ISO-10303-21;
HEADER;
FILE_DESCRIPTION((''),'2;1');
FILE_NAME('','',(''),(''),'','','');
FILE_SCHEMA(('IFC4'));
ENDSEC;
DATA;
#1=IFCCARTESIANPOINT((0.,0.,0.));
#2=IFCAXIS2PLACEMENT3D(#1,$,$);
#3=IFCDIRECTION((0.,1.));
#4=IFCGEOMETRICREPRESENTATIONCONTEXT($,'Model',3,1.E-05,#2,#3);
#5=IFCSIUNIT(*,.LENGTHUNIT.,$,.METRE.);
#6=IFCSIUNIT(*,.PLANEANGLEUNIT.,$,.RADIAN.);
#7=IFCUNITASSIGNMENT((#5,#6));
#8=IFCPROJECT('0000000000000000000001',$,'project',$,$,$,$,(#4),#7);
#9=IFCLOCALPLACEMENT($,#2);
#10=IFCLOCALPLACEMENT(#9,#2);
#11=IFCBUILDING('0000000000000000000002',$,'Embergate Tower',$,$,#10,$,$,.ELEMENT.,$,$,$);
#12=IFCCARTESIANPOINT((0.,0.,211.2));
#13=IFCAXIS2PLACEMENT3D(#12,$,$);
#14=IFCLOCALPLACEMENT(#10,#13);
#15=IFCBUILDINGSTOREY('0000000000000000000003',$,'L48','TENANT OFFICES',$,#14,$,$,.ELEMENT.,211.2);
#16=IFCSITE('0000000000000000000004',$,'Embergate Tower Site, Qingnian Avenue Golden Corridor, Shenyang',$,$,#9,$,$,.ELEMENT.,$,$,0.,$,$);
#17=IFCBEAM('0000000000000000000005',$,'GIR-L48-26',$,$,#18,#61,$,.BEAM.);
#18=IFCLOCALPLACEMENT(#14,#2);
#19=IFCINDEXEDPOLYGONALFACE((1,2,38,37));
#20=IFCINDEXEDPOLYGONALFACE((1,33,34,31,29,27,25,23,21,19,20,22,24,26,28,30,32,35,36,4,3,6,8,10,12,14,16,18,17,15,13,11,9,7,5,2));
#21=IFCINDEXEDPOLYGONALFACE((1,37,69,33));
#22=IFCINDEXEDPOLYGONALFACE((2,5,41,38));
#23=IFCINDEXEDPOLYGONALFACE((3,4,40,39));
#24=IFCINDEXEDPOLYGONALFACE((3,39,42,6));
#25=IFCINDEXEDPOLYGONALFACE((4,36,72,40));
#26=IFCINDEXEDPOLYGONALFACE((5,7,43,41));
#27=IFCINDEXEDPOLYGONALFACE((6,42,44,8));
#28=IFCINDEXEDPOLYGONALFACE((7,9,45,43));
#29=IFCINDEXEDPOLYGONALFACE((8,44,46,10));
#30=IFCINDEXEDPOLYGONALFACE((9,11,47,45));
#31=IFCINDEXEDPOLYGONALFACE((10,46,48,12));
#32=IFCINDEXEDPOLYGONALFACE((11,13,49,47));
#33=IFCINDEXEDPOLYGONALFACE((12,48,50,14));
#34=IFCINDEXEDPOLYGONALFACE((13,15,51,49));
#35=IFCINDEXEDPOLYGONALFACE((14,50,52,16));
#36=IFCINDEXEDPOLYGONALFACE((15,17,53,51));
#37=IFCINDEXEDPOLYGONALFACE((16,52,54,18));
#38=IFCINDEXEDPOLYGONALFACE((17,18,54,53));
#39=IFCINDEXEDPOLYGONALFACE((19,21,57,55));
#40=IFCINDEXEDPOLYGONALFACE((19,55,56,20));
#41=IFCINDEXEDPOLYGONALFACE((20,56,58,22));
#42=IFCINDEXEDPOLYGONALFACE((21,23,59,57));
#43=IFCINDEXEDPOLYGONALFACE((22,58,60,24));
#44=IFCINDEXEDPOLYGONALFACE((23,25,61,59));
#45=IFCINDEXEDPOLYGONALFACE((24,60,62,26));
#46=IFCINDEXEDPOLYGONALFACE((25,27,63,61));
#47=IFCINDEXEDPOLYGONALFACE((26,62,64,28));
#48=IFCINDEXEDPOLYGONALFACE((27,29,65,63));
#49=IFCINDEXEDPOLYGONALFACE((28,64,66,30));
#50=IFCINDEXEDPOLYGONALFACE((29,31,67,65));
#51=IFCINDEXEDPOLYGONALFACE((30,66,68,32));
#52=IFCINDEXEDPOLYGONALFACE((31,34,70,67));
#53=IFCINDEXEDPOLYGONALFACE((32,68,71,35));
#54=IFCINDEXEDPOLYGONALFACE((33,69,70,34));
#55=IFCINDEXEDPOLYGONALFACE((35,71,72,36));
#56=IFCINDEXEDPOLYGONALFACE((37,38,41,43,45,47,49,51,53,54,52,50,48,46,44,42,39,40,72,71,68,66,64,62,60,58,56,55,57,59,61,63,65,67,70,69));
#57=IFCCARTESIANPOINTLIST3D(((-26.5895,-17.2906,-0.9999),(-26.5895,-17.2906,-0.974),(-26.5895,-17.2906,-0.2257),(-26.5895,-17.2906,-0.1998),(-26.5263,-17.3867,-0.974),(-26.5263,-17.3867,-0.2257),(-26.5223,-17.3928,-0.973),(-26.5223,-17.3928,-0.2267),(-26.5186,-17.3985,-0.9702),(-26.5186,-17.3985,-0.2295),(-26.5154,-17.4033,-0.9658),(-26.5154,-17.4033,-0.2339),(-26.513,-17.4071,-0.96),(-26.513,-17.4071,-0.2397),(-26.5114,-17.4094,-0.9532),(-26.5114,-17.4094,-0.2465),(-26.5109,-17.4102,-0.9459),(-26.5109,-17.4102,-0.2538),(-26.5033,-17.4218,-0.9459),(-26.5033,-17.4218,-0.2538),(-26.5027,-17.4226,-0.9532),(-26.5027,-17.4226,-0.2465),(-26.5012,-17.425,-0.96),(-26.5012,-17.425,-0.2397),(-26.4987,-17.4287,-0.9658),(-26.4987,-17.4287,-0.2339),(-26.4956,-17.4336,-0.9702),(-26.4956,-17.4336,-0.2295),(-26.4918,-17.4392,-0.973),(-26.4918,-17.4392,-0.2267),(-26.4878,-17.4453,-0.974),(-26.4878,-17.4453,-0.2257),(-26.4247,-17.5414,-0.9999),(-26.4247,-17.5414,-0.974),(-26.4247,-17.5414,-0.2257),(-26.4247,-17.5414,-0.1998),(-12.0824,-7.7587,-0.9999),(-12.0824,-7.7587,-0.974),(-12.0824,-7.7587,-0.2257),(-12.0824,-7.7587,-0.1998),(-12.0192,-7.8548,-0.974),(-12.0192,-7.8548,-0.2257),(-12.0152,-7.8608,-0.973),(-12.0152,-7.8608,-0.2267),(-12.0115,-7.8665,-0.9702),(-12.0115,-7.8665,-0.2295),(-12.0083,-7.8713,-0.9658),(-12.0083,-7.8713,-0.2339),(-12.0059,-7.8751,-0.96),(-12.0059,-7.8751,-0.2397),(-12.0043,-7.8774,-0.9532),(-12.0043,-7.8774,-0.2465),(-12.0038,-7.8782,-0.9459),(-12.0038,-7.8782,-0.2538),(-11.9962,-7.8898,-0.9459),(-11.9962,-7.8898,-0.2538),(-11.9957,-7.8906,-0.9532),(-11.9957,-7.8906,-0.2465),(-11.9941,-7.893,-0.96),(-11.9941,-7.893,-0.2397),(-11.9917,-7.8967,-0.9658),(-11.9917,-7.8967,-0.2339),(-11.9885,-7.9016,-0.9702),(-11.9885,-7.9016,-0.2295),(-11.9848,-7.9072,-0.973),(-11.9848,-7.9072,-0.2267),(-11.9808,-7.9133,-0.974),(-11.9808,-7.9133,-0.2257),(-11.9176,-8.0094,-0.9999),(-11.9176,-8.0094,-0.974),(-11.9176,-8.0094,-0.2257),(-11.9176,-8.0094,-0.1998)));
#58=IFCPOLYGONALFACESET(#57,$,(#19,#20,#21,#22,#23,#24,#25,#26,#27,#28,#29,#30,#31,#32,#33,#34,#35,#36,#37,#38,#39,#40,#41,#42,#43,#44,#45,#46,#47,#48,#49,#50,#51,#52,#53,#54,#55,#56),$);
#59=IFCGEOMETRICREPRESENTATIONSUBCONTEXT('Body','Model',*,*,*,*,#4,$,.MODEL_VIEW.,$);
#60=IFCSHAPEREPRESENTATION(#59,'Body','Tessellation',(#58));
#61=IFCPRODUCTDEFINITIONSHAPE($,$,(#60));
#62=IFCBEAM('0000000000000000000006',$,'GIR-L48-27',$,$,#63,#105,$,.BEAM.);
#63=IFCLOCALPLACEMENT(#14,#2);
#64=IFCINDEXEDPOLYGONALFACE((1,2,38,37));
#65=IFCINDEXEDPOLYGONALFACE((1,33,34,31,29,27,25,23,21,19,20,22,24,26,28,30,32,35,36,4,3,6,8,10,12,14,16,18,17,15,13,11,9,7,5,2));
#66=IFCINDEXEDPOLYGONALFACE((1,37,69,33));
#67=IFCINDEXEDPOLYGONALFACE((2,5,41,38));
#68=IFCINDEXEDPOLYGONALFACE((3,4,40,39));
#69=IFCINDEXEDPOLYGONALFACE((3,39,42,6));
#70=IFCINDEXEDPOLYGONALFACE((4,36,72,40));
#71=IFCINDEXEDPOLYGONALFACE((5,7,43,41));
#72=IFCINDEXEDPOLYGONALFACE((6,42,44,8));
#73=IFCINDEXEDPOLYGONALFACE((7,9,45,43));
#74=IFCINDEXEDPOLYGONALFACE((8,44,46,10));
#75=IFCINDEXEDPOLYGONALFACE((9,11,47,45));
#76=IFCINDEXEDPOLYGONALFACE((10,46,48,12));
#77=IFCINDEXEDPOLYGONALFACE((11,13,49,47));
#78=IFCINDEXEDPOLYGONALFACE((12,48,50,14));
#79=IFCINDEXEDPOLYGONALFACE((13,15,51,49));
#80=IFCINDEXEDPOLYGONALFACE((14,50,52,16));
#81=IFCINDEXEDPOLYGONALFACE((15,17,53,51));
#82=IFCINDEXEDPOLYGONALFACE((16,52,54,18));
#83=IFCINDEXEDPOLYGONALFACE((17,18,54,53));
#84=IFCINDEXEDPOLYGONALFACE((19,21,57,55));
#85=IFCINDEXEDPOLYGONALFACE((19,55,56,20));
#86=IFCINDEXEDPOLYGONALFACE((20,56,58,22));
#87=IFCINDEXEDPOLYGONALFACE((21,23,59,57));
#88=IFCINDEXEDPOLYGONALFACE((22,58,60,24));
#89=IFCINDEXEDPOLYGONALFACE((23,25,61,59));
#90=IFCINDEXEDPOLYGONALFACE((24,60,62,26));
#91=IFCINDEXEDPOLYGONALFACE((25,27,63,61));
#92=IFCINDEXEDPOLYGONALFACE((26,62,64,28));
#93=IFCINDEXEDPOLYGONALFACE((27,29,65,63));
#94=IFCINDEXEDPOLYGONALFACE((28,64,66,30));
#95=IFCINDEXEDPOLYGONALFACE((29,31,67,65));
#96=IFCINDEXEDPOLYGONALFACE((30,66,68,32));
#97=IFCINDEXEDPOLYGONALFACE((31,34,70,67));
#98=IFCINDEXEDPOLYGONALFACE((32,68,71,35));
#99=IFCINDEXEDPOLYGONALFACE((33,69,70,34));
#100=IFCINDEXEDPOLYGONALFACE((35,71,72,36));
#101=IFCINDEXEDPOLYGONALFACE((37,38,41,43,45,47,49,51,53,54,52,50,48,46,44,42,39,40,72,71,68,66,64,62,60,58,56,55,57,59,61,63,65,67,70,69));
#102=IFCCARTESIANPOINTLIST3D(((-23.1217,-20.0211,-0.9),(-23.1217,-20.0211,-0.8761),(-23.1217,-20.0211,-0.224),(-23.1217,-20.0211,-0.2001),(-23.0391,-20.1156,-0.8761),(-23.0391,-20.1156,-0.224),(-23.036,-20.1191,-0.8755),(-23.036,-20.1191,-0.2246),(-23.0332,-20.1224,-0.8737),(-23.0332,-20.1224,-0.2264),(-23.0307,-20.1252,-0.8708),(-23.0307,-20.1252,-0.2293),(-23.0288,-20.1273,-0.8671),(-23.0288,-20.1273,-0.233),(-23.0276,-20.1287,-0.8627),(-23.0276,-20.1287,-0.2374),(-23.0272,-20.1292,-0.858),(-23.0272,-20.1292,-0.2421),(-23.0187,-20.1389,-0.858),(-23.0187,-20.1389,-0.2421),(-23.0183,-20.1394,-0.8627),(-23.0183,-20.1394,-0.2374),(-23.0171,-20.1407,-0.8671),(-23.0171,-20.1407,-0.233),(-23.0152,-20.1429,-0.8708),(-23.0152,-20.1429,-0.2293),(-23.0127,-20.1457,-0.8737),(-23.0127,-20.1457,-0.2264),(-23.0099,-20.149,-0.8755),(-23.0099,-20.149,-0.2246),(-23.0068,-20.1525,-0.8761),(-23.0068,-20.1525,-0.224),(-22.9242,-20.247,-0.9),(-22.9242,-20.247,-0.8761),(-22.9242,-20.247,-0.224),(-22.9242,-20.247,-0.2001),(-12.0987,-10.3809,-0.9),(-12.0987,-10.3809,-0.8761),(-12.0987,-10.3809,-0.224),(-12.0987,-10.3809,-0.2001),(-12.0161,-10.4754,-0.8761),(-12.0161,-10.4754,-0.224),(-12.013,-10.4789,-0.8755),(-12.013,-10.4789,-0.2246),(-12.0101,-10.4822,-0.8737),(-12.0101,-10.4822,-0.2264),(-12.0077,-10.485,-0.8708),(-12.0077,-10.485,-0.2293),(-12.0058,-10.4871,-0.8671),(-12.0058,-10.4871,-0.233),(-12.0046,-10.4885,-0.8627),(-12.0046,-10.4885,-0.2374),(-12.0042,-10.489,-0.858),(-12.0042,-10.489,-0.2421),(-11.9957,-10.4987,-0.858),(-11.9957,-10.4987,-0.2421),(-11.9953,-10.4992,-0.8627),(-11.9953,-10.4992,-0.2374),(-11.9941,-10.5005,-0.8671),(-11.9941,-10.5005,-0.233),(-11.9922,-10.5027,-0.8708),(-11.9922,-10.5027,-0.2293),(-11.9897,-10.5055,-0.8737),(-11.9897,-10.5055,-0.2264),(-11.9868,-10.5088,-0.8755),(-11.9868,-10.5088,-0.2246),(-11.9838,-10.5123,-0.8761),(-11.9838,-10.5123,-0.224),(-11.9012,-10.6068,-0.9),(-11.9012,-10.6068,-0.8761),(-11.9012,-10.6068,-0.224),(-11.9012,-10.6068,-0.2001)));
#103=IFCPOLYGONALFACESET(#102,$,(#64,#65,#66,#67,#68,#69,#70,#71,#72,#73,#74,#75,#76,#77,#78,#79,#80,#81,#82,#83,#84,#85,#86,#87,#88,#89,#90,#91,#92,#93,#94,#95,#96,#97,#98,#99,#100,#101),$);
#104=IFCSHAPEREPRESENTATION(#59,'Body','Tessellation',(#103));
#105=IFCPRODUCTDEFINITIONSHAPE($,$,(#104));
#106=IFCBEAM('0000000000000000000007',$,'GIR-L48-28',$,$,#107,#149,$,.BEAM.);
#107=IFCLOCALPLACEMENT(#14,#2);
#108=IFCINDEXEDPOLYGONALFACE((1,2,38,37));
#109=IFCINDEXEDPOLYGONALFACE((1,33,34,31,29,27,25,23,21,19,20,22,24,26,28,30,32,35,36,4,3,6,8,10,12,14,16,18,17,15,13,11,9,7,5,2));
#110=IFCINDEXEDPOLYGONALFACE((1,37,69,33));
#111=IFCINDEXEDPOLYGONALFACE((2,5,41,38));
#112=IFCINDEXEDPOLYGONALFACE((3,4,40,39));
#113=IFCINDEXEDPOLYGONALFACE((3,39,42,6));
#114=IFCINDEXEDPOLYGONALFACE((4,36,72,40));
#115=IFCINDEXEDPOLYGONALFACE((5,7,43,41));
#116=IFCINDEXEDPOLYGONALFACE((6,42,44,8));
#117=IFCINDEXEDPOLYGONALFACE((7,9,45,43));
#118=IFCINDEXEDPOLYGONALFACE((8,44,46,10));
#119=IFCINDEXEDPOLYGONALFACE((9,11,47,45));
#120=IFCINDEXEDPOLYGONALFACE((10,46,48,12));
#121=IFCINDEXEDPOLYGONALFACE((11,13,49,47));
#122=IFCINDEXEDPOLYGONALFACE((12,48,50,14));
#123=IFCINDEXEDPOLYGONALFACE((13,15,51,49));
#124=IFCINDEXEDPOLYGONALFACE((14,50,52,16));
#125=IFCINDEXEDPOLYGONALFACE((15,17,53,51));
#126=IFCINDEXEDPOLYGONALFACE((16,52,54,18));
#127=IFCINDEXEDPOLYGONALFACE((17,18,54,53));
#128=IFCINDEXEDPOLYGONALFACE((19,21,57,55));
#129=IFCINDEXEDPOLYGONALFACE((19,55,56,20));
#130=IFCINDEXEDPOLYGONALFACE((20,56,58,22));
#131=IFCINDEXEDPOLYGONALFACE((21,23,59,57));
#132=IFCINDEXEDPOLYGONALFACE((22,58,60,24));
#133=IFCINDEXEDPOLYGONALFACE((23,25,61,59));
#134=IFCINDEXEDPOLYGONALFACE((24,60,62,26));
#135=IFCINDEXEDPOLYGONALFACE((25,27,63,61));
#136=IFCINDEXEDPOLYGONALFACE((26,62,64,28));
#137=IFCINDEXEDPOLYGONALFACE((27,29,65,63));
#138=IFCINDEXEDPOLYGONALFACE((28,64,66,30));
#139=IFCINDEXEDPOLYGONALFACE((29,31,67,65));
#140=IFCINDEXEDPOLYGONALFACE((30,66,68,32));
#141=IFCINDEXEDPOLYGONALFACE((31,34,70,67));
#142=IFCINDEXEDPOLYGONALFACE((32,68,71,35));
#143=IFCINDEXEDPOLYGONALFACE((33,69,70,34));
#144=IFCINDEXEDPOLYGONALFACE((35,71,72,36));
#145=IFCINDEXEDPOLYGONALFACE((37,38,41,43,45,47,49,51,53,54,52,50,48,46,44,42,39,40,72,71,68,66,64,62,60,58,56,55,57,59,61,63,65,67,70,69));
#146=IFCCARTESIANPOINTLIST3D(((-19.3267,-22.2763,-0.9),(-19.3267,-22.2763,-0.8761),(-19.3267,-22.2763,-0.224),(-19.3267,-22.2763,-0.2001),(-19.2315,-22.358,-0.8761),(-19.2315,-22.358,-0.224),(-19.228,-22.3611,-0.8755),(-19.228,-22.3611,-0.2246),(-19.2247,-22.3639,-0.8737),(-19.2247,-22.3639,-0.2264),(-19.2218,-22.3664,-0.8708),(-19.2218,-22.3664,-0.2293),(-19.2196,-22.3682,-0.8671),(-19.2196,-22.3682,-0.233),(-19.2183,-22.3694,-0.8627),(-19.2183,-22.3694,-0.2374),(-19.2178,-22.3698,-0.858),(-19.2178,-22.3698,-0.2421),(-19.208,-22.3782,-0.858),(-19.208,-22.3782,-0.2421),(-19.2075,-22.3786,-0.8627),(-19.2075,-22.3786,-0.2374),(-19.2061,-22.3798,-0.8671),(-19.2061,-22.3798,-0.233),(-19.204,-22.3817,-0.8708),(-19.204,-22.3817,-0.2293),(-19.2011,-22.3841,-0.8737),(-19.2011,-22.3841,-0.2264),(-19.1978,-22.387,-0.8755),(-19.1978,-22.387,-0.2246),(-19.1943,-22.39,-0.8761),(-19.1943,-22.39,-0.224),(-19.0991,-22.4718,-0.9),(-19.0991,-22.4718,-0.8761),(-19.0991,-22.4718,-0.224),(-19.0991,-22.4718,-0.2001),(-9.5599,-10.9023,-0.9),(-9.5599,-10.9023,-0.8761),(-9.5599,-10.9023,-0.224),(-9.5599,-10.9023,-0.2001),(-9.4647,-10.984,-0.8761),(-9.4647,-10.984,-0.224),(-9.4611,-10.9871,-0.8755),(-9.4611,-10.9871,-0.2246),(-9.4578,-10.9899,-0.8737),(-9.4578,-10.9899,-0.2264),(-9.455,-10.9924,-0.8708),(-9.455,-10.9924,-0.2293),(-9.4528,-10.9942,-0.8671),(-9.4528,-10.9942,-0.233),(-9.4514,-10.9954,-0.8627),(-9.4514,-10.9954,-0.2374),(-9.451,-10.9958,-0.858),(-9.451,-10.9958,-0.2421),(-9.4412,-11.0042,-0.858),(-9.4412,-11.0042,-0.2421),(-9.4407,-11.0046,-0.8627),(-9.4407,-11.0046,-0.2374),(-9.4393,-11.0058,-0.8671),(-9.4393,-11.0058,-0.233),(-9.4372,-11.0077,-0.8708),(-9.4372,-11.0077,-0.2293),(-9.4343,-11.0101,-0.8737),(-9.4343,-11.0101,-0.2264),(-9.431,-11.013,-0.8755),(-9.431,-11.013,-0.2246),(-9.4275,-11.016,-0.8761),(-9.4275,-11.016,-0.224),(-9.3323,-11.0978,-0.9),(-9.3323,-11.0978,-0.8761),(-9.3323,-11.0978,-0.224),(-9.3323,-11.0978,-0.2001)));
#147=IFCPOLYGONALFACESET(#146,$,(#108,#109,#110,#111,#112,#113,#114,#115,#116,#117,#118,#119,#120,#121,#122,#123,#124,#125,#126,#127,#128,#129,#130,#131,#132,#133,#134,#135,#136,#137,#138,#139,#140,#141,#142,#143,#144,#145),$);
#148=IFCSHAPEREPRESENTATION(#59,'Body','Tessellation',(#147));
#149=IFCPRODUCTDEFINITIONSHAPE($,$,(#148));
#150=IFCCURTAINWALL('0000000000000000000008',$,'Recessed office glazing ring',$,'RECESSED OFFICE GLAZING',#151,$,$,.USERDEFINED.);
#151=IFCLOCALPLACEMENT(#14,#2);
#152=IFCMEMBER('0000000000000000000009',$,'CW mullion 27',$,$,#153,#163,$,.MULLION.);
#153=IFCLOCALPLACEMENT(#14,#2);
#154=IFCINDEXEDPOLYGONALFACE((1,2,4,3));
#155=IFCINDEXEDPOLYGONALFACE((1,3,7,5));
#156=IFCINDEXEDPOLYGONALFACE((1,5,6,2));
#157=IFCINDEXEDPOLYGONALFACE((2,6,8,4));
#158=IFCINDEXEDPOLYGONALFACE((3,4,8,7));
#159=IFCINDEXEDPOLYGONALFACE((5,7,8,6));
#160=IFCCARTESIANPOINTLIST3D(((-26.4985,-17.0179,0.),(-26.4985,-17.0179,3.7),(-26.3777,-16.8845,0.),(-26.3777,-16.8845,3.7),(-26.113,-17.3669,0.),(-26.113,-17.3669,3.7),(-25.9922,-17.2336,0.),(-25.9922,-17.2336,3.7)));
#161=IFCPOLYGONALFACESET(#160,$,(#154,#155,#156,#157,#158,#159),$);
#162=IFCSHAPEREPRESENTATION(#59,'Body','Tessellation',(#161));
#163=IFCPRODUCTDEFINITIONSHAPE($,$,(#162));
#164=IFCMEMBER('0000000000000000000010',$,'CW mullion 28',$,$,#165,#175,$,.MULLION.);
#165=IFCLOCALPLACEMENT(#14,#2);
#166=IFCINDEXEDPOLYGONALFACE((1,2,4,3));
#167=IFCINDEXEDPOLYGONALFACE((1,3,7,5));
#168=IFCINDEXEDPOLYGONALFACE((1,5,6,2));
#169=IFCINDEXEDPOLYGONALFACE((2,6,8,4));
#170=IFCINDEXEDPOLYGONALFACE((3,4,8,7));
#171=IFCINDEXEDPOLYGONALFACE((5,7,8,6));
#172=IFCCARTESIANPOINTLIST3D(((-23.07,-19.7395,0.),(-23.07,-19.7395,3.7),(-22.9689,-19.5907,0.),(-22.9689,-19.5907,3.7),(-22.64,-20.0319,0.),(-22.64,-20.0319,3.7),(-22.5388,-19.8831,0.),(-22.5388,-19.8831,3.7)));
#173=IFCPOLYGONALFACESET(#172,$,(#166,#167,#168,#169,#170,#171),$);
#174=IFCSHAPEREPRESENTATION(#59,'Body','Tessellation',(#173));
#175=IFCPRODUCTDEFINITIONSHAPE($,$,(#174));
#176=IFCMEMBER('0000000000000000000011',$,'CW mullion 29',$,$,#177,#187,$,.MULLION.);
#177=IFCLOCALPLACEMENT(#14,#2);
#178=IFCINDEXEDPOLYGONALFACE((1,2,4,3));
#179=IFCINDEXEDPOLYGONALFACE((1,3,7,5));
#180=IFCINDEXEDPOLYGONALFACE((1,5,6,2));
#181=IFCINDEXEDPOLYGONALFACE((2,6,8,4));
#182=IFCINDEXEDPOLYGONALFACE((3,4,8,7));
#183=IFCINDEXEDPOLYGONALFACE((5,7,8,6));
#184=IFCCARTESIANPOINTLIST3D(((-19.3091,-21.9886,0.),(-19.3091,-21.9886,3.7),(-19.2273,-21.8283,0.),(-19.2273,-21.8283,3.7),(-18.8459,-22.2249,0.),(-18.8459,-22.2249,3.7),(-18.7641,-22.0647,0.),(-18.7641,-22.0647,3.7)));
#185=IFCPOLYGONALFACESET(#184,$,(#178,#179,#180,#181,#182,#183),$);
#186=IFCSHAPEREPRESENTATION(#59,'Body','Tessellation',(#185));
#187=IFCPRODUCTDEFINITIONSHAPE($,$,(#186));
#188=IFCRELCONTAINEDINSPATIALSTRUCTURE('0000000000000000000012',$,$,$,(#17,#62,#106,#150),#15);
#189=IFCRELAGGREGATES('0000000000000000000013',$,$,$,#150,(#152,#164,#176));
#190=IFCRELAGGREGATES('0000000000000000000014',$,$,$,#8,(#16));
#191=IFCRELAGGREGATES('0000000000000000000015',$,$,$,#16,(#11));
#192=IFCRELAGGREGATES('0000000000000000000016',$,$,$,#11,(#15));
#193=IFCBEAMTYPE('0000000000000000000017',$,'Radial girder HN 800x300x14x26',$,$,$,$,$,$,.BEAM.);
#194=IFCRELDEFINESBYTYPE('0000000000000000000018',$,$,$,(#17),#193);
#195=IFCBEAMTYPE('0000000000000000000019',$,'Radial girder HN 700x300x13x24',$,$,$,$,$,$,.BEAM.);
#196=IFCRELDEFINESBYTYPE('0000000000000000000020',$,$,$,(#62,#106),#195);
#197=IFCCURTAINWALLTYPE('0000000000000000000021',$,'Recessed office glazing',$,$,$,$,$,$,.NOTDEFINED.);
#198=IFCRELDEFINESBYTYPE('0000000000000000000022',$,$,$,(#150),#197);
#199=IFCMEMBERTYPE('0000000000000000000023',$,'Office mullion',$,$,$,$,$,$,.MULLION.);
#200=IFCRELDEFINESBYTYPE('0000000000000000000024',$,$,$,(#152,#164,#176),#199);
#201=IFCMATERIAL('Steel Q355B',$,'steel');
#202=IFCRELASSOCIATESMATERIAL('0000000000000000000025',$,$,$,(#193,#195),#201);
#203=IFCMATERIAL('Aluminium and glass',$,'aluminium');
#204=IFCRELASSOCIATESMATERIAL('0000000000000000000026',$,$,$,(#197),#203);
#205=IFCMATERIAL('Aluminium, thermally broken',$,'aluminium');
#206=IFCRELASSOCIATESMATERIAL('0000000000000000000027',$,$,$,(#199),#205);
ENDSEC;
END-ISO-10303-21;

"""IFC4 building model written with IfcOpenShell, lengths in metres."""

from ifc_helpers import new_model, si_unit, direction, frame, origin, origin_2d, place, context, subcontext, project, spatial, rectangle, i_section, extrude, source, transform, mapped, material, material_profile, profile_set, type_object, element, aggregate, save


model = new_model("IFC4")

# Units and contexts
model_context = context("Model", 3, precision=1e-05, world=origin(), true_north=direction((0.0, 1.0)))
body_context = subcontext(model_context, "Body", "Model", "MODEL_VIEW")
ifc_project = project(units=[si_unit("LENGTHUNIT", "METRE"), si_unit("PLANEANGLEUNIT", "RADIAN")], contexts=[model_context])

# Site, building, storey
site_placement = place(None, origin())
site = spatial("IfcSite", under=ifc_project, at=site_placement, Name="Embergate Tower Site, Qingnian Avenue Golden Corridor, Shenyang", CompositionType="ELEMENT", RefElevation=0.0)
building_placement = place(site_placement, origin())
building = spatial("IfcBuilding", under=site, at=building_placement, Name="Embergate Tower", CompositionType="ELEMENT")
storey_placement = place(building_placement, frame((0.0, 0.0, 211.2)))
storey = spatial("IfcBuildingStorey", under=building, at=storey_placement, Name="L48", Description="TENANT OFFICES", CompositionType="ELEMENT", Elevation=211.2)

# Beams
ifc_material_1 = material(Name="Steel Q355B", Category="steel")
ifc_material_profile_1 = material_profile(ifc_material_1, i_section(OverallWidth=0.3, OverallDepth=0.8, WebThickness=0.0139, FlangeThickness=0.0259, FilletRadius=0.0281, at=origin_2d()), Name="HN 800x300x14x26")
ifc_profile_set_1 = profile_set([ifc_material_profile_1], Name="Steel Q355 grade B")
beam_type_1 = type_object("IfcBeamType", Name="Radial girder HN 800x300x14x26", PredefinedType="BEAM", material=ifc_profile_set_1)
shared_shape_1 = source(origin(), body_context, "Body", "SweptSolid", [
    extrude(i_section(OverallWidth=0.3, OverallDepth=0.8, WebThickness=0.0139, FlangeThickness=0.0259, FilletRadius=0.0281, at=origin_2d()), origin(), (0.0, 0.0, 1.0), 17.3584),
])
beam_1_placement = place(storey_placement, frame((-26.5071, -17.416, -0.5999), z_axis=(0.835738, 0.549128, 0.0), x_axis=(-0.549128, 0.835738, 0.0)))
element("IfcBeam", 1, at=beam_1_placement, inside=storey, type_object=beam_type_1, Name="GIR-L48-26", PredefinedType="BEAM", context=body_context, shape_type="MappedRepresentation", body=[
    mapped(shared_shape_1, transform((0.0, 0.0, 0.0))),
])
ifc_material_profile_2 = material_profile(ifc_material_1, i_section(OverallWidth=0.3, OverallDepth=0.7, WebThickness=0.0129, FlangeThickness=0.0239, FilletRadius=0.0181, at=origin_2d()), Name="HN 700x300x13x24")
ifc_profile_set_2 = profile_set([ifc_material_profile_2], Name="Steel Q355 grade B")
beam_type_2 = type_object("IfcBeamType", Name="Radial girder HN 700x300x13x24", PredefinedType="BEAM", material=ifc_profile_set_2)
shared_shape_2 = source(origin(), body_context, "Body", "SweptSolid", [
    extrude(i_section(OverallWidth=0.3, OverallDepth=0.7, WebThickness=0.0129, FlangeThickness=0.0239, FilletRadius=0.0181, at=origin_2d()), origin(), (0.0, 0.0, 1.0), 14.6438),
])
beam_2_placement = place(storey_placement, frame((-23.0229, -20.134, -0.55), z_axis=(0.752744, 0.658313, 0.0), x_axis=(-0.658313, 0.752744, 0.0)))
element("IfcBeam", 2, at=beam_2_placement, inside=storey, type_object=beam_type_2, Name="GIR-L48-27", PredefinedType="BEAM", context=body_context, shape_type="MappedRepresentation", body=[
    mapped(shared_shape_2, transform((0.0, 0.0, 0.0))),
])
shared_shape_3 = source(origin(), body_context, "Body", "SweptSolid", [
    extrude(i_section(OverallWidth=0.3, OverallDepth=0.7, WebThickness=0.0129, FlangeThickness=0.0239, FilletRadius=0.0181, at=origin_2d()), origin(), (0.0, 0.0, 1.0), 14.9919),
])
beam_3_placement = place(storey_placement, frame((-19.2129, -22.374, -0.55), z_axis=(0.651471, 0.758673, 0.0), x_axis=(-0.758673, 0.651471, 0.0)))
element("IfcBeam", 3, at=beam_3_placement, inside=storey, type_object=beam_type_2, Name="GIR-L48-28", PredefinedType="BEAM", context=body_context, shape_type="MappedRepresentation", body=[
    mapped(shared_shape_3, transform((0.0, 0.0, 0.0))),
])

# Curtain wall, members
ifc_material_2 = material(Name="Aluminium and glass", Category="aluminium")
curtain_wall_type = type_object("IfcCurtainWallType", Name="Recessed office glazing", PredefinedType="NOTDEFINED", material=ifc_material_2)
curtain_wall_placement = place(storey_placement, origin())
curtain_wall = element("IfcCurtainWall", 4, at=curtain_wall_placement, inside=storey, type_object=curtain_wall_type, Name="Recessed office glazing ring", ObjectType="RECESSED OFFICE GLAZING", PredefinedType="USERDEFINED")
ifc_material_3 = material(Name="Aluminium, thermally broken", Category="aluminium")
ifc_material_profile_3 = material_profile(ifc_material_3, rectangle(XDim=0.1799, YDim=0.52, at=origin_2d()), Name="AL 520x180")
ifc_profile_set_3 = profile_set([ifc_material_profile_3], Name="Aluminium, thermally broken")
member_type_1 = type_object("IfcMemberType", Name="Office mullion", PredefinedType="MULLION", material=ifc_profile_set_3)
shared_shape_4 = source(origin(), body_context, "Body", "SweptSolid", [
    extrude(rectangle(XDim=0.1799, YDim=0.52, at=origin_2d()), origin(), (0.0, 0.0, 1.0), 3.7),
])
member_1_placement = place(storey_placement, frame((-26.2454, -17.1257, 0.0), z_axis=(0.0, 0.0, 1.0), x_axis=(0.67123, 0.741249, 0.0)))
member_1 = element("IfcMember", 5, at=member_1_placement, type_object=member_type_1, Name="CW mullion 27", PredefinedType="MULLION", context=body_context, shape_type="MappedRepresentation", body=[
    mapped(shared_shape_4, transform((0.0, 0.0, 0.0))),
])
member_2_placement = place(storey_placement, frame((-22.8044, -19.8113, 0.0), z_axis=(0.0, 0.0, 1.0), x_axis=(0.562221, 0.826987, 0.0)))
member_2 = element("IfcMember", 6, at=member_2_placement, type_object=member_type_1, Name="CW mullion 28", PredefinedType="MULLION", context=body_context, shape_type="MappedRepresentation", body=[
    mapped(shared_shape_4, transform((0.0, 0.0, 0.0))),
])
member_3_placement = place(storey_placement, frame((-19.0366, -22.0266, 0.0), z_axis=(0.0, 0.0, 1.0), x_axis=(0.454514, 0.890739, 0.0)))
member_3 = element("IfcMember", 7, at=member_3_placement, type_object=member_type_1, Name="CW mullion 29", PredefinedType="MULLION", context=body_context, shape_type="MappedRepresentation", body=[
    mapped(shared_shape_4, transform((0.0, 0.0, 0.0))),
])
aggregate(curtain_wall, [member_1, member_2, member_3])

save(model, "model.ifc")
